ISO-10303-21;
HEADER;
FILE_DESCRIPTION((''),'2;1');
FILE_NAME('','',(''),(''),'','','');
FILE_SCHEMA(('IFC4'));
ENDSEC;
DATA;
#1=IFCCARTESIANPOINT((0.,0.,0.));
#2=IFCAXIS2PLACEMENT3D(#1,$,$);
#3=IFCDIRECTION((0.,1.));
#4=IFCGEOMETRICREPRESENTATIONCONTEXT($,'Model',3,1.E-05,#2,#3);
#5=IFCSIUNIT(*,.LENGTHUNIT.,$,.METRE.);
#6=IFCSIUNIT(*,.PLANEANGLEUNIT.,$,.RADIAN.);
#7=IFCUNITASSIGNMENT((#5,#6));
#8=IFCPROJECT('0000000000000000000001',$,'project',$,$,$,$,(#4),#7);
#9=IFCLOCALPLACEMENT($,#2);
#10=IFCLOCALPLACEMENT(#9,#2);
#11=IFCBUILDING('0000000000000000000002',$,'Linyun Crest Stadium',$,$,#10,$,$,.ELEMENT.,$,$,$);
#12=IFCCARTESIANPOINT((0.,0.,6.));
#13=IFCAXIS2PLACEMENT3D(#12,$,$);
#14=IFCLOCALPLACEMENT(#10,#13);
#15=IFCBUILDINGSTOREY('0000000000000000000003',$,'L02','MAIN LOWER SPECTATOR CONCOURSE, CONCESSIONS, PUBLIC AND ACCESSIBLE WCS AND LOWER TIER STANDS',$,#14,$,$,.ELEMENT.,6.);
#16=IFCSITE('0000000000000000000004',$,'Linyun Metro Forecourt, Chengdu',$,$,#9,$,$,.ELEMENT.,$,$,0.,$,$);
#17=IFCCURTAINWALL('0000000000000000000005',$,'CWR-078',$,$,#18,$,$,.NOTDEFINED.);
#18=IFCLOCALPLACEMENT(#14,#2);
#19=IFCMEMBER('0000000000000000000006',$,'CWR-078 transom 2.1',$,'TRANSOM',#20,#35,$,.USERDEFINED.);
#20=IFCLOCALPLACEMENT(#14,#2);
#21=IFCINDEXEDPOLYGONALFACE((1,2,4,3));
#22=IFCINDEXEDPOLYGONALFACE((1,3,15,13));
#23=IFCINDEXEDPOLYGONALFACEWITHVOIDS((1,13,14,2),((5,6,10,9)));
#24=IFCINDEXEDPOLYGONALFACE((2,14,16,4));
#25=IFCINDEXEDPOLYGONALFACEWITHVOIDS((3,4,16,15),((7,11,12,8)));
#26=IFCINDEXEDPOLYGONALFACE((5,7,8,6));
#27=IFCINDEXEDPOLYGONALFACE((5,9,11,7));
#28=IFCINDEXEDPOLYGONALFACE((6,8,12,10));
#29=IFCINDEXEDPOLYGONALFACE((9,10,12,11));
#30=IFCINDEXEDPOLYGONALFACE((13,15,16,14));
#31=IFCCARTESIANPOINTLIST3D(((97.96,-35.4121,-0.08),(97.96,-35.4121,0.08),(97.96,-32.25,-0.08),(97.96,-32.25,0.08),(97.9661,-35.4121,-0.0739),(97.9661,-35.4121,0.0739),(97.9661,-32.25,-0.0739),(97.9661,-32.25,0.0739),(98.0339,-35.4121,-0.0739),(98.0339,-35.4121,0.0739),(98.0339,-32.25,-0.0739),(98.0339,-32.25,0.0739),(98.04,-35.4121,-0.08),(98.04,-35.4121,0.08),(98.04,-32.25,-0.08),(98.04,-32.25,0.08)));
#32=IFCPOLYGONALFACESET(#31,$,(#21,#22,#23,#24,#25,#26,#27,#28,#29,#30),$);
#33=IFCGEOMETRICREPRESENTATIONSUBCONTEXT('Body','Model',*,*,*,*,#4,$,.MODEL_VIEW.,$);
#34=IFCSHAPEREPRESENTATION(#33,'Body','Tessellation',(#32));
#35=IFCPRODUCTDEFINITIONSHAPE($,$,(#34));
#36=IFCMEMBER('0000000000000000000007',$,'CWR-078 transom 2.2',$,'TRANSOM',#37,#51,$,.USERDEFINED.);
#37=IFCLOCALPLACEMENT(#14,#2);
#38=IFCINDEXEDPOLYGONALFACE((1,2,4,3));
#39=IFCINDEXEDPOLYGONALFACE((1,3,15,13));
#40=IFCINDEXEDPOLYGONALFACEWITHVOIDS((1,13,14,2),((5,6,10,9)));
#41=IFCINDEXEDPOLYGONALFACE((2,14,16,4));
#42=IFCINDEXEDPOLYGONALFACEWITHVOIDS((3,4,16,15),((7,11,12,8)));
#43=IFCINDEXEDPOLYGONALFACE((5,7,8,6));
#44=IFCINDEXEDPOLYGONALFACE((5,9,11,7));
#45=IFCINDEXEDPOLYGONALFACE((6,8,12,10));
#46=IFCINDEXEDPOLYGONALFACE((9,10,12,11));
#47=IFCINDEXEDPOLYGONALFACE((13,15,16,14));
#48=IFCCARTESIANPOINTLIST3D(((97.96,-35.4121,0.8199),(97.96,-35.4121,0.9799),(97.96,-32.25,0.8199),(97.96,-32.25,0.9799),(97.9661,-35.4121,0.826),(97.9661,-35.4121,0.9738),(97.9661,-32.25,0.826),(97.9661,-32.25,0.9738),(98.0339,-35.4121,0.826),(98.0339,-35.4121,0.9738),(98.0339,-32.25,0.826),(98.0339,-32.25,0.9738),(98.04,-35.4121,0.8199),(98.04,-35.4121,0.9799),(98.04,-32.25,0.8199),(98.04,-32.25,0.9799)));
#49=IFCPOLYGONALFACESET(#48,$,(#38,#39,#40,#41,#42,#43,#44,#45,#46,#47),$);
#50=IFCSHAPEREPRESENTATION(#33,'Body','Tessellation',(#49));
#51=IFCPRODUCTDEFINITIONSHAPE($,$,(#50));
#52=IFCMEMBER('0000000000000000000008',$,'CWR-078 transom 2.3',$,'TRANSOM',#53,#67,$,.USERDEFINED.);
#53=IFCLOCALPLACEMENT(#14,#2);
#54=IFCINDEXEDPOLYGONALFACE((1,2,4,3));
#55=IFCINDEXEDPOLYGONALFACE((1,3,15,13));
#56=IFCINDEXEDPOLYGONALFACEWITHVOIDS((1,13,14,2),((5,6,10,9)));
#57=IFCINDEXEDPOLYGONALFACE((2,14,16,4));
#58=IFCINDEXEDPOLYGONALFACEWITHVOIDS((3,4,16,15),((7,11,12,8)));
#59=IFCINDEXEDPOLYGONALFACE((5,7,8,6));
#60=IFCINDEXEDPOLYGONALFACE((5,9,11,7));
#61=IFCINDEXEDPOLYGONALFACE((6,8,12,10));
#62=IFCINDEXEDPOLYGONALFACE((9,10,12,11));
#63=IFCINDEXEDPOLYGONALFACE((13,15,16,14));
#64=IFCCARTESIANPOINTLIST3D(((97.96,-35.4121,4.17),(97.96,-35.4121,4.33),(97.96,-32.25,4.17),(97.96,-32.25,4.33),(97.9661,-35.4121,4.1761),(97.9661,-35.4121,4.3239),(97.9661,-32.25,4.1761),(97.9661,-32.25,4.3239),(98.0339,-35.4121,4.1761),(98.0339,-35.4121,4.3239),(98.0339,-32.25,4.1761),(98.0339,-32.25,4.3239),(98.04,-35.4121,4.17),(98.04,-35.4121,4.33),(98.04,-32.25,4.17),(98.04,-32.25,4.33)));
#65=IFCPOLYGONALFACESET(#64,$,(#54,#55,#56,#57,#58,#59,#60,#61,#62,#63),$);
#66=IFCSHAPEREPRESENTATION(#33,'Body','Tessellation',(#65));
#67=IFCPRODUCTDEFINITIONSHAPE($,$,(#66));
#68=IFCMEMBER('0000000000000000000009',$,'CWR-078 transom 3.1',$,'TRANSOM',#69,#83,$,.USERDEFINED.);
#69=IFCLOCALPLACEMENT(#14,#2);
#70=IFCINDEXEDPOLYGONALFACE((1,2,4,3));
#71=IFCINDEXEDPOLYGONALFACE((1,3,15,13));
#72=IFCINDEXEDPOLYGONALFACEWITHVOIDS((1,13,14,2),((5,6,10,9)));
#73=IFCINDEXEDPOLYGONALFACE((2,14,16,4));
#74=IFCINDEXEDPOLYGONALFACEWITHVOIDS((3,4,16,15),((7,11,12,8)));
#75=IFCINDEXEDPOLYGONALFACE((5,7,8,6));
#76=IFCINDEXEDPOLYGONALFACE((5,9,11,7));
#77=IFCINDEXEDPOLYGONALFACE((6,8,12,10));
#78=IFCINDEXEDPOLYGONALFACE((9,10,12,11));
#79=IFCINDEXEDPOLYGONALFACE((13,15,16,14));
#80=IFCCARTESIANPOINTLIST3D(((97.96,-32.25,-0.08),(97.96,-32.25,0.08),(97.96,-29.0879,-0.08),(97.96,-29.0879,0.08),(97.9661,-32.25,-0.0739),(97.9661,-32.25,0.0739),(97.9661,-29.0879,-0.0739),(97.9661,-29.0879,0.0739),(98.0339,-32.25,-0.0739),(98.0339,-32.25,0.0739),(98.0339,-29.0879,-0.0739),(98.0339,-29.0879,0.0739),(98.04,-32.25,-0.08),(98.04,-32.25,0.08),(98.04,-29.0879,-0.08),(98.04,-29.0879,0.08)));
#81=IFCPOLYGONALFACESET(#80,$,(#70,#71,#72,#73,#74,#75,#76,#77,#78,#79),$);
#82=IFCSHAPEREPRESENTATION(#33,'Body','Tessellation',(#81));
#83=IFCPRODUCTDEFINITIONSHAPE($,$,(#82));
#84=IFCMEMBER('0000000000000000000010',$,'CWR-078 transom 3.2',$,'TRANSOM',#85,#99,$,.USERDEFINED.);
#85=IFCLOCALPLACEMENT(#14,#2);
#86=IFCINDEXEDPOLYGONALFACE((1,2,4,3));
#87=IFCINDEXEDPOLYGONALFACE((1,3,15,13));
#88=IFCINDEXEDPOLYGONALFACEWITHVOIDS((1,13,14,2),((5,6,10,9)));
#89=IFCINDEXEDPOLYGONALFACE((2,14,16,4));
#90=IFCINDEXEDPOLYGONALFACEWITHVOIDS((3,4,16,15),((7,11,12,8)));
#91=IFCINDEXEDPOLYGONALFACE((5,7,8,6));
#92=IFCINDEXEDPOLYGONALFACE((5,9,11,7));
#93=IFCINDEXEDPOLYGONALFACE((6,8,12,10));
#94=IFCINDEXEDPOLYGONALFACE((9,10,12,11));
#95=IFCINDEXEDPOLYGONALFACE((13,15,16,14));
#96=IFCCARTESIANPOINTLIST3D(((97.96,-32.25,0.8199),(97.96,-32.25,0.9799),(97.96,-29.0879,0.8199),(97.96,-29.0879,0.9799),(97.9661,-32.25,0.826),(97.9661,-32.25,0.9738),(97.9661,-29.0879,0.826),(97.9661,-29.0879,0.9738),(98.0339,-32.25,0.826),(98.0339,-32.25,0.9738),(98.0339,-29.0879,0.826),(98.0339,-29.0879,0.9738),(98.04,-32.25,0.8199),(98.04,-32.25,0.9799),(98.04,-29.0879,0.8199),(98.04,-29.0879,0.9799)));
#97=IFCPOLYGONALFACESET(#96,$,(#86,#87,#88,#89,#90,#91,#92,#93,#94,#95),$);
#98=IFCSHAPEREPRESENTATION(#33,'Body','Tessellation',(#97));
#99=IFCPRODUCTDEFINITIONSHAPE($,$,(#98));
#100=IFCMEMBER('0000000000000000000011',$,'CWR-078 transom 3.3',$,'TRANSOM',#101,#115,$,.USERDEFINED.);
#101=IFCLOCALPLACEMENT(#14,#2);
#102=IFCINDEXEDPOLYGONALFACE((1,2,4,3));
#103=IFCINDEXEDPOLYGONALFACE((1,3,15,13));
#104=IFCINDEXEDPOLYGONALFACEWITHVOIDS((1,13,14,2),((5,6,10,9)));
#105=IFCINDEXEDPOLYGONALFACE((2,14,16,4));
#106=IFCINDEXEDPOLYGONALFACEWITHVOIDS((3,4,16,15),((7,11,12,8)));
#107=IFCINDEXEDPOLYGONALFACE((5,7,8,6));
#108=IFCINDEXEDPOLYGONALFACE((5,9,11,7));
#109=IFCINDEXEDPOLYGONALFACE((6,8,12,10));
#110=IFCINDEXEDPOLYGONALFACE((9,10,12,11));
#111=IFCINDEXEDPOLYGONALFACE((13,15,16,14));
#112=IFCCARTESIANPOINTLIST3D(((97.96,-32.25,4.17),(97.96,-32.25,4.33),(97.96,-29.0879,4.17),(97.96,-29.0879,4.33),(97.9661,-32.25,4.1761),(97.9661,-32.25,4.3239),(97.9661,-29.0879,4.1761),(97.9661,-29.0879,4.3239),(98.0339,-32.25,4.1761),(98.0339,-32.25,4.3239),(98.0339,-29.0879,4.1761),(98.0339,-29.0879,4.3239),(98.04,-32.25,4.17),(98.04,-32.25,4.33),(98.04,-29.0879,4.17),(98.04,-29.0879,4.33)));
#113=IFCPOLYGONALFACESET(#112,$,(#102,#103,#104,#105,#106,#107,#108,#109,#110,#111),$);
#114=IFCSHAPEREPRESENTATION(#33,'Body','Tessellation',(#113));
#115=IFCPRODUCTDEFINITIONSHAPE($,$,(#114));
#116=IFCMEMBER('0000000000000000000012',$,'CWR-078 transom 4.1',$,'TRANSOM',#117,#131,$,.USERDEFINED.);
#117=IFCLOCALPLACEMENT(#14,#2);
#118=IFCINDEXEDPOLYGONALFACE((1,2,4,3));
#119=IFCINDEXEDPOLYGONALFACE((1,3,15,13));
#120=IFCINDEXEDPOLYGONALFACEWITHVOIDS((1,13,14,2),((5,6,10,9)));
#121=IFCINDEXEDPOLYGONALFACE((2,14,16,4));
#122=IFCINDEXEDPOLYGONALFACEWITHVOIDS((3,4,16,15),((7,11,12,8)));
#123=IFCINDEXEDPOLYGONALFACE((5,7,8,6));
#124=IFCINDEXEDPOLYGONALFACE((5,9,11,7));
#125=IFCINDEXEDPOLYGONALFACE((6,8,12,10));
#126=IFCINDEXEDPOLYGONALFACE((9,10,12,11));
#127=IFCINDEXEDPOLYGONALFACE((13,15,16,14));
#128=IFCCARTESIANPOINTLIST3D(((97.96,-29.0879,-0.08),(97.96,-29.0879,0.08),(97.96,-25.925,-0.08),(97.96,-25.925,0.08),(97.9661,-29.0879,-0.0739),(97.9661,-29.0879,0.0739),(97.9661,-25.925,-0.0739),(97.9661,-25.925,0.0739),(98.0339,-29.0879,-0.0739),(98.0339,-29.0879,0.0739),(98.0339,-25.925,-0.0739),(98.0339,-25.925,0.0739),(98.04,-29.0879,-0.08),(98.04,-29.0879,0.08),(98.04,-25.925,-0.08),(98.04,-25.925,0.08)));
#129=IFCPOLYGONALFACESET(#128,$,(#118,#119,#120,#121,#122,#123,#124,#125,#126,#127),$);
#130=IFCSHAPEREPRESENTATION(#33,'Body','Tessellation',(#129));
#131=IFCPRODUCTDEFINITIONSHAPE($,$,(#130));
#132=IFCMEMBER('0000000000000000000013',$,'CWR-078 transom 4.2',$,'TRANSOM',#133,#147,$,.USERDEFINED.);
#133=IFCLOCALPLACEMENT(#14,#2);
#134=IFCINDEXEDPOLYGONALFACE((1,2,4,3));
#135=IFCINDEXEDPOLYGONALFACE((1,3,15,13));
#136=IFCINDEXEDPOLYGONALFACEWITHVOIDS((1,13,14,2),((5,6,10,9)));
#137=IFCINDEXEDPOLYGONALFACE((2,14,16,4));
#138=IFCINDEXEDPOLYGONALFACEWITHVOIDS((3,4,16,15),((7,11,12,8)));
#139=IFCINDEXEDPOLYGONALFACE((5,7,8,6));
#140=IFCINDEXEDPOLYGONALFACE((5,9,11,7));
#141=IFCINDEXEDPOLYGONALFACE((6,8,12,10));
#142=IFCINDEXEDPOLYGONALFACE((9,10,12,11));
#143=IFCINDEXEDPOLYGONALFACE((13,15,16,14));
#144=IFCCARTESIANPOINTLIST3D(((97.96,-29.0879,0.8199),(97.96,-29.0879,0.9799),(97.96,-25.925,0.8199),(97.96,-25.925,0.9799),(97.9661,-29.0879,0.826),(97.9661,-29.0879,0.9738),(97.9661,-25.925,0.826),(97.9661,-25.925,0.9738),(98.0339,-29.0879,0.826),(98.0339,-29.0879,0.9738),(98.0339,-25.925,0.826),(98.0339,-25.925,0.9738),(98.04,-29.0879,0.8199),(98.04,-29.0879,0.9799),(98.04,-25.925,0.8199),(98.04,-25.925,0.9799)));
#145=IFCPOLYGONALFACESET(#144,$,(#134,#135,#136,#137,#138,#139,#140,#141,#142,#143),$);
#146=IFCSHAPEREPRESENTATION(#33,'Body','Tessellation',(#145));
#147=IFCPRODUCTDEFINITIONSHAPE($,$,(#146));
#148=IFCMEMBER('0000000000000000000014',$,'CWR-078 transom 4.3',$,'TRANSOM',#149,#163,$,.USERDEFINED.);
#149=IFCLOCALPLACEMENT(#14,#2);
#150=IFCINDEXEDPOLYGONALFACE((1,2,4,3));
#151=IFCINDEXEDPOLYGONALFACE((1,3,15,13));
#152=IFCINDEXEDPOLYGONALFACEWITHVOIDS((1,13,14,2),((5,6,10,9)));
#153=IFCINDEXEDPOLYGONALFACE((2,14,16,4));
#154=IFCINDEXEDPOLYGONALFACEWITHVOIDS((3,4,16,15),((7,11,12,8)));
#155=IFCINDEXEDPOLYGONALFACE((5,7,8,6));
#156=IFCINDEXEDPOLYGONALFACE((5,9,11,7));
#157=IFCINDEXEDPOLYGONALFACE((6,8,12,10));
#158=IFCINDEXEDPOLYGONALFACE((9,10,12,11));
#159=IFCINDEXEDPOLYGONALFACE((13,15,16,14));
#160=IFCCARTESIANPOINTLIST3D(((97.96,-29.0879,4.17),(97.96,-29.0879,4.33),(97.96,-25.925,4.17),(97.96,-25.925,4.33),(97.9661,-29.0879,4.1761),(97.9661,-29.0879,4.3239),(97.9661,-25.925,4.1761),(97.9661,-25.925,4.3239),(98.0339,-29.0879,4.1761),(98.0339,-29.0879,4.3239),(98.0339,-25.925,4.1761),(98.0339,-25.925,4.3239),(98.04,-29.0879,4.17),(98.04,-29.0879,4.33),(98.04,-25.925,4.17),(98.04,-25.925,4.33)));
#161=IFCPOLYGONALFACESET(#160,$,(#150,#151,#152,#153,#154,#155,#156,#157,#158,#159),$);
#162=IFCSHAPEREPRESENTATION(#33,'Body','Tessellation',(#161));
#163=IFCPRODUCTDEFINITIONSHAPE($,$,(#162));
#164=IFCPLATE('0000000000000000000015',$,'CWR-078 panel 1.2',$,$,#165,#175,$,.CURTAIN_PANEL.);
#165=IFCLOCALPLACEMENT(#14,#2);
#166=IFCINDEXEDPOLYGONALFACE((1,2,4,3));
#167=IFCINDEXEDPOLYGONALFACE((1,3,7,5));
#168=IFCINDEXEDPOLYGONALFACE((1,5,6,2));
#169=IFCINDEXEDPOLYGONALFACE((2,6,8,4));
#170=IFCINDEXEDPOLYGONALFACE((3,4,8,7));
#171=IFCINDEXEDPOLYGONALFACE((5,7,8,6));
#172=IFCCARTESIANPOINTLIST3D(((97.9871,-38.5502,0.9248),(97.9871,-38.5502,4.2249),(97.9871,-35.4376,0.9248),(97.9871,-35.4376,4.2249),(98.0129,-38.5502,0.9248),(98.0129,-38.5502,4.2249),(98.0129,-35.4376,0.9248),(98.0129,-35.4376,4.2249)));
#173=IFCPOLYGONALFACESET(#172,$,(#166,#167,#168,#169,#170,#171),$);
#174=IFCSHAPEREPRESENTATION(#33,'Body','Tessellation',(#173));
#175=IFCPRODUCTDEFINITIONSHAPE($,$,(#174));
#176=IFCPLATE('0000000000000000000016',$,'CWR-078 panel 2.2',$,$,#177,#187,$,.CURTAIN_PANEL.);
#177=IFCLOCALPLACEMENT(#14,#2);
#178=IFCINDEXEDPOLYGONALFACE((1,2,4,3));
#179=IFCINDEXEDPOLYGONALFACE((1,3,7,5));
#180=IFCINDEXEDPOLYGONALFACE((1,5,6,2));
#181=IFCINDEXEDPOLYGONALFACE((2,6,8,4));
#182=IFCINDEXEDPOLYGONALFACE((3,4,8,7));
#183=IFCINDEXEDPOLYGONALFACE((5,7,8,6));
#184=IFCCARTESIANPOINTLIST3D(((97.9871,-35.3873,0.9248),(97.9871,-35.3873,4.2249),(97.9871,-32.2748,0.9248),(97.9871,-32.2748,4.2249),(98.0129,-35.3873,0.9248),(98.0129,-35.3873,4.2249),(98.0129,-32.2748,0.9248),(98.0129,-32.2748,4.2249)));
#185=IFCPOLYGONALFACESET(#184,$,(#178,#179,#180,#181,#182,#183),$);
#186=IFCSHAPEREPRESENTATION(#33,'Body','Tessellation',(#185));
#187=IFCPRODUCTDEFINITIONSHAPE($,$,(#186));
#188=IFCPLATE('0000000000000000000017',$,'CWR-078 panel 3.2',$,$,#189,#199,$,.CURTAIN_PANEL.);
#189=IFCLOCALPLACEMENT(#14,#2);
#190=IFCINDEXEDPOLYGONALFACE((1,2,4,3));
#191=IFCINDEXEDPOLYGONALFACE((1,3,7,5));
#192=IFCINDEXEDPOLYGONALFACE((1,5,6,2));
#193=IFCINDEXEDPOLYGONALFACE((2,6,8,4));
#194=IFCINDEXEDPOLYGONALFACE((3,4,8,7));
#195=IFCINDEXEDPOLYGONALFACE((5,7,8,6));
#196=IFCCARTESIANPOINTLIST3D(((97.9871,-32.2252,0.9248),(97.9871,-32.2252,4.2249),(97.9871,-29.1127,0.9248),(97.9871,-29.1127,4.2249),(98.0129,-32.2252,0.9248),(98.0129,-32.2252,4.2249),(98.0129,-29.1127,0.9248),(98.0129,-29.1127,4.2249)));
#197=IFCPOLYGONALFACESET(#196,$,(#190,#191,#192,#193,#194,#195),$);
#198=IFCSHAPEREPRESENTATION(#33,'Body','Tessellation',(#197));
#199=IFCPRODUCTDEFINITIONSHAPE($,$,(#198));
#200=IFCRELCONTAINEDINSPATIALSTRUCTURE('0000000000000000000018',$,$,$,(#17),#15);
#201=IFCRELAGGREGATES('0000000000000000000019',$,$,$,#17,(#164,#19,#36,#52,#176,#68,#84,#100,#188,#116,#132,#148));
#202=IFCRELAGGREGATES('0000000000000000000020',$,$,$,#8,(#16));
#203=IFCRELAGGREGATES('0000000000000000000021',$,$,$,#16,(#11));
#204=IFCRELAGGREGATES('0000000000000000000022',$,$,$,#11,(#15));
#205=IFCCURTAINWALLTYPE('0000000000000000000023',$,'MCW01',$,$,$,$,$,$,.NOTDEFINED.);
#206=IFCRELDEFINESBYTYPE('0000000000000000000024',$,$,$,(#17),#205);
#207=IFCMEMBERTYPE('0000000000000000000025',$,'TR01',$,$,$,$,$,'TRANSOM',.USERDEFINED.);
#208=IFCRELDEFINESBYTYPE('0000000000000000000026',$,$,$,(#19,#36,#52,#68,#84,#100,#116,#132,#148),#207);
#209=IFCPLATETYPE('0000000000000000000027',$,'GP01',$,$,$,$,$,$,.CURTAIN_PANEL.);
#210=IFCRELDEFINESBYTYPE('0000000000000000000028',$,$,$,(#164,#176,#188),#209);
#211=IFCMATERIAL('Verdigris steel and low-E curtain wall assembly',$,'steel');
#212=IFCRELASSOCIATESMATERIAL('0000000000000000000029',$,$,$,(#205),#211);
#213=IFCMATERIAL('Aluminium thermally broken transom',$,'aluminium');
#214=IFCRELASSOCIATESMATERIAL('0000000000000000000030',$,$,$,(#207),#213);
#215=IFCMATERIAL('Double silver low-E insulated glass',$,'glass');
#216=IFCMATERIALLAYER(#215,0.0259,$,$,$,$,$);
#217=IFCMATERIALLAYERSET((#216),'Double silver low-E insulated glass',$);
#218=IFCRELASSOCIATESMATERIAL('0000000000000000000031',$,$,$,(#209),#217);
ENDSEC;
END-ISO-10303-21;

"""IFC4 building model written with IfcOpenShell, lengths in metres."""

from ifc_helpers import new_model, si_unit, direction, frame, origin, origin_2d, place, context, subcontext, project, spatial, rectangle, hollow_rectangle, extrude, material, layer, layer_set, material_profile, profile_set, type_object, element, aggregate, save


model = new_model("IFC4")

# Units and contexts
model_context = context("Model", 3, precision=1e-05, world=origin(), true_north=direction((0.0, 1.0)))
body_context = subcontext(model_context, "Body", "Model", "MODEL_VIEW")
ifc_project = project(units=[si_unit("LENGTHUNIT", "METRE"), si_unit("PLANEANGLEUNIT", "RADIAN")], contexts=[model_context])

# Site, building, storey
site_placement = place(None, origin())
site = spatial("IfcSite", under=ifc_project, at=site_placement, Name="Linyun Metro Forecourt, Chengdu", CompositionType="ELEMENT", RefElevation=0.0)
building_placement = place(site_placement, origin())
building = spatial("IfcBuilding", under=site, at=building_placement, Name="Linyun Crest Stadium", CompositionType="ELEMENT")
storey_placement = place(building_placement, frame((0.0, 0.0, 6.0)))
storey = spatial("IfcBuildingStorey", under=building, at=storey_placement, Name="L02", Description="MAIN LOWER SPECTATOR CONCOURSE, CONCESSIONS, PUBLIC AND ACCESSIBLE WCS AND LOWER TIER STANDS", CompositionType="ELEMENT", Elevation=6.0)

# Curtain wall, members, plates
ifc_material_1 = material(Name="Verdigris steel and low-E curtain wall assembly", Category="steel")
curtain_wall_type = type_object("IfcCurtainWallType", Name="MCW01", PredefinedType="NOTDEFINED", material=ifc_material_1)
curtain_wall_placement = place(storey_placement, origin())
curtain_wall = element("IfcCurtainWall", 1, at=curtain_wall_placement, inside=storey, type_object=curtain_wall_type, Name="CWR-078", PredefinedType="NOTDEFINED")
ifc_material_2 = material(Name="Aluminium thermally broken transom", Category="aluminium")
ifc_material_profile_1 = material_profile(ifc_material_2, hollow_rectangle(XDim=0.0801, YDim=0.1599, WallThickness=0.0061, at=origin_2d()), Name="RHS 160x80x6")
ifc_profile_set_1 = profile_set([ifc_material_profile_1], Name="Aluminium thermally broken transom")
member_type_1 = type_object("IfcMemberType", Name="TR01", ElementType="TRANSOM", PredefinedType="USERDEFINED", material=ifc_profile_set_1)
member_1_placement = place(storey_placement, frame((98.0, -35.4121, 0.0), z_axis=(0.0, 1.0, 0.0), x_axis=(-1.0, 0.0, 0.0)))
member_1 = element("IfcMember", 2, at=member_1_placement, type_object=member_type_1, Name="CWR-078 transom 2.1", ObjectType="TRANSOM", PredefinedType="USERDEFINED", context=body_context, shape_type="SweptSolid", body=[
    extrude(hollow_rectangle(XDim=0.0801, YDim=0.1599, WallThickness=0.0061, at=origin_2d()), origin(), (0.0, 0.0, 1.0), 3.1621),
])
member_2_placement = place(storey_placement, frame((98.0, -35.4121, 0.8999), z_axis=(0.0, 1.0, 0.0), x_axis=(-1.0, 0.0, 0.0)))
member_2 = element("IfcMember", 3, at=member_2_placement, type_object=member_type_1, Name="CWR-078 transom 2.2", ObjectType="TRANSOM", PredefinedType="USERDEFINED", context=body_context, shape_type="SweptSolid", body=[
    extrude(hollow_rectangle(XDim=0.0801, YDim=0.1599, WallThickness=0.0061, at=origin_2d()), origin(), (0.0, 0.0, 1.0), 3.1621),
])
member_3_placement = place(storey_placement, frame((98.0, -35.4121, 4.25), z_axis=(0.0, 1.0, 0.0), x_axis=(-1.0, 0.0, 0.0)))
member_3 = element("IfcMember", 4, at=member_3_placement, type_object=member_type_1, Name="CWR-078 transom 2.3", ObjectType="TRANSOM", PredefinedType="USERDEFINED", context=body_context, shape_type="SweptSolid", body=[
    extrude(hollow_rectangle(XDim=0.0801, YDim=0.1599, WallThickness=0.0061, at=origin_2d()), origin(), (0.0, 0.0, 1.0), 3.1621),
])
member_4_placement = place(storey_placement, frame((98.0, -32.25, 0.0), z_axis=(0.0, 1.0, 0.0), x_axis=(-1.0, 0.0, 0.0)))
member_4 = element("IfcMember", 5, at=member_4_placement, type_object=member_type_1, Name="CWR-078 transom 3.1", ObjectType="TRANSOM", PredefinedType="USERDEFINED", context=body_context, shape_type="SweptSolid", body=[
    extrude(hollow_rectangle(XDim=0.0801, YDim=0.1599, WallThickness=0.0061, at=origin_2d()), origin(), (0.0, 0.0, 1.0), 3.1621),
])
member_5_placement = place(storey_placement, frame((98.0, -32.25, 0.8999), z_axis=(0.0, 1.0, 0.0), x_axis=(-1.0, 0.0, 0.0)))
member_5 = element("IfcMember", 6, at=member_5_placement, type_object=member_type_1, Name="CWR-078 transom 3.2", ObjectType="TRANSOM", PredefinedType="USERDEFINED", context=body_context, shape_type="SweptSolid", body=[
    extrude(hollow_rectangle(XDim=0.0801, YDim=0.1599, WallThickness=0.0061, at=origin_2d()), origin(), (0.0, 0.0, 1.0), 3.1621),
])
member_6_placement = place(storey_placement, frame((98.0, -32.25, 4.25), z_axis=(0.0, 1.0, 0.0), x_axis=(-1.0, 0.0, 0.0)))
member_6 = element("IfcMember", 7, at=member_6_placement, type_object=member_type_1, Name="CWR-078 transom 3.3", ObjectType="TRANSOM", PredefinedType="USERDEFINED", context=body_context, shape_type="SweptSolid", body=[
    extrude(hollow_rectangle(XDim=0.0801, YDim=0.1599, WallThickness=0.0061, at=origin_2d()), origin(), (0.0, 0.0, 1.0), 3.1621),
])
member_7_placement = place(storey_placement, frame((98.0, -29.0879, 0.0), z_axis=(0.0, 1.0, 0.0), x_axis=(-1.0, 0.0, 0.0)))
member_7 = element("IfcMember", 8, at=member_7_placement, type_object=member_type_1, Name="CWR-078 transom 4.1", ObjectType="TRANSOM", PredefinedType="USERDEFINED", context=body_context, shape_type="SweptSolid", body=[
    extrude(hollow_rectangle(XDim=0.0801, YDim=0.1599, WallThickness=0.0061, at=origin_2d()), origin(), (0.0, 0.0, 1.0), 3.1628),
])
member_8_placement = place(storey_placement, frame((98.0, -29.0879, 0.8999), z_axis=(0.0, 1.0, 0.0), x_axis=(-1.0, 0.0, 0.0)))
member_8 = element("IfcMember", 9, at=member_8_placement, type_object=member_type_1, Name="CWR-078 transom 4.2", ObjectType="TRANSOM", PredefinedType="USERDEFINED", context=body_context, shape_type="SweptSolid", body=[
    extrude(hollow_rectangle(XDim=0.0801, YDim=0.1599, WallThickness=0.0061, at=origin_2d()), origin(), (0.0, 0.0, 1.0), 3.1628),
])
member_9_placement = place(storey_placement, frame((98.0, -29.0879, 4.25), z_axis=(0.0, 1.0, 0.0), x_axis=(-1.0, 0.0, 0.0)))
member_9 = element("IfcMember", 10, at=member_9_placement, type_object=member_type_1, Name="CWR-078 transom 4.3", ObjectType="TRANSOM", PredefinedType="USERDEFINED", context=body_context, shape_type="SweptSolid", body=[
    extrude(hollow_rectangle(XDim=0.0801, YDim=0.1599, WallThickness=0.0061, at=origin_2d()), origin(), (0.0, 0.0, 1.0), 3.1628),
])
ifc_material_3 = material(Name="Double silver low-E insulated glass", Category="glass")
ifc_layer_1 = layer(ifc_material_3, 0.0259)
ifc_layer_set_1 = layer_set([ifc_layer_1], Name="Double silver low-E insulated glass")
plate_type_1 = type_object("IfcPlateType", Name="GP01", PredefinedType="CURTAIN_PANEL", material=ifc_layer_set_1)
plate_1_placement = place(storey_placement, frame((98.0, -36.9939, 0.9248), z_axis=(0.0, 0.0, 1.0), x_axis=(0.0, 1.0, 0.0)))
plate_1 = element("IfcPlate", 11, at=plate_1_placement, type_object=plate_type_1, Name="CWR-078 panel 1.2", PredefinedType="CURTAIN_PANEL", context=body_context, shape_type="SweptSolid", body=[
    extrude(rectangle(XDim=3.1125, YDim=0.0259, at=origin_2d()), origin(), (0.0, 0.0, 1.0), 3.3),
])
plate_2_placement = place(storey_placement, frame((98.0, -33.8311, 0.9248), z_axis=(0.0, 0.0, 1.0), x_axis=(0.0, 1.0, 0.0)))
plate_2 = element("IfcPlate", 12, at=plate_2_placement, type_object=plate_type_1, Name="CWR-078 panel 2.2", PredefinedType="CURTAIN_PANEL", context=body_context, shape_type="SweptSolid", body=[
    extrude(rectangle(XDim=3.1125, YDim=0.0259, at=origin_2d()), origin(), (0.0, 0.0, 1.0), 3.3),
])
plate_3_placement = place(storey_placement, frame((98.0, -30.6689, 0.9248), z_axis=(0.0, 0.0, 1.0), x_axis=(0.0, 1.0, 0.0)))
plate_3 = element("IfcPlate", 13, at=plate_3_placement, type_object=plate_type_1, Name="CWR-078 panel 3.2", PredefinedType="CURTAIN_PANEL", context=body_context, shape_type="SweptSolid", body=[
    extrude(rectangle(XDim=3.1125, YDim=0.0259, at=origin_2d()), origin(), (0.0, 0.0, 1.0), 3.3),
])
aggregate(curtain_wall, [plate_1, member_1, member_2, member_3, plate_2, member_4, member_5, member_6, plate_3, member_7, member_8, member_9])

save(model, "model.ifc")
